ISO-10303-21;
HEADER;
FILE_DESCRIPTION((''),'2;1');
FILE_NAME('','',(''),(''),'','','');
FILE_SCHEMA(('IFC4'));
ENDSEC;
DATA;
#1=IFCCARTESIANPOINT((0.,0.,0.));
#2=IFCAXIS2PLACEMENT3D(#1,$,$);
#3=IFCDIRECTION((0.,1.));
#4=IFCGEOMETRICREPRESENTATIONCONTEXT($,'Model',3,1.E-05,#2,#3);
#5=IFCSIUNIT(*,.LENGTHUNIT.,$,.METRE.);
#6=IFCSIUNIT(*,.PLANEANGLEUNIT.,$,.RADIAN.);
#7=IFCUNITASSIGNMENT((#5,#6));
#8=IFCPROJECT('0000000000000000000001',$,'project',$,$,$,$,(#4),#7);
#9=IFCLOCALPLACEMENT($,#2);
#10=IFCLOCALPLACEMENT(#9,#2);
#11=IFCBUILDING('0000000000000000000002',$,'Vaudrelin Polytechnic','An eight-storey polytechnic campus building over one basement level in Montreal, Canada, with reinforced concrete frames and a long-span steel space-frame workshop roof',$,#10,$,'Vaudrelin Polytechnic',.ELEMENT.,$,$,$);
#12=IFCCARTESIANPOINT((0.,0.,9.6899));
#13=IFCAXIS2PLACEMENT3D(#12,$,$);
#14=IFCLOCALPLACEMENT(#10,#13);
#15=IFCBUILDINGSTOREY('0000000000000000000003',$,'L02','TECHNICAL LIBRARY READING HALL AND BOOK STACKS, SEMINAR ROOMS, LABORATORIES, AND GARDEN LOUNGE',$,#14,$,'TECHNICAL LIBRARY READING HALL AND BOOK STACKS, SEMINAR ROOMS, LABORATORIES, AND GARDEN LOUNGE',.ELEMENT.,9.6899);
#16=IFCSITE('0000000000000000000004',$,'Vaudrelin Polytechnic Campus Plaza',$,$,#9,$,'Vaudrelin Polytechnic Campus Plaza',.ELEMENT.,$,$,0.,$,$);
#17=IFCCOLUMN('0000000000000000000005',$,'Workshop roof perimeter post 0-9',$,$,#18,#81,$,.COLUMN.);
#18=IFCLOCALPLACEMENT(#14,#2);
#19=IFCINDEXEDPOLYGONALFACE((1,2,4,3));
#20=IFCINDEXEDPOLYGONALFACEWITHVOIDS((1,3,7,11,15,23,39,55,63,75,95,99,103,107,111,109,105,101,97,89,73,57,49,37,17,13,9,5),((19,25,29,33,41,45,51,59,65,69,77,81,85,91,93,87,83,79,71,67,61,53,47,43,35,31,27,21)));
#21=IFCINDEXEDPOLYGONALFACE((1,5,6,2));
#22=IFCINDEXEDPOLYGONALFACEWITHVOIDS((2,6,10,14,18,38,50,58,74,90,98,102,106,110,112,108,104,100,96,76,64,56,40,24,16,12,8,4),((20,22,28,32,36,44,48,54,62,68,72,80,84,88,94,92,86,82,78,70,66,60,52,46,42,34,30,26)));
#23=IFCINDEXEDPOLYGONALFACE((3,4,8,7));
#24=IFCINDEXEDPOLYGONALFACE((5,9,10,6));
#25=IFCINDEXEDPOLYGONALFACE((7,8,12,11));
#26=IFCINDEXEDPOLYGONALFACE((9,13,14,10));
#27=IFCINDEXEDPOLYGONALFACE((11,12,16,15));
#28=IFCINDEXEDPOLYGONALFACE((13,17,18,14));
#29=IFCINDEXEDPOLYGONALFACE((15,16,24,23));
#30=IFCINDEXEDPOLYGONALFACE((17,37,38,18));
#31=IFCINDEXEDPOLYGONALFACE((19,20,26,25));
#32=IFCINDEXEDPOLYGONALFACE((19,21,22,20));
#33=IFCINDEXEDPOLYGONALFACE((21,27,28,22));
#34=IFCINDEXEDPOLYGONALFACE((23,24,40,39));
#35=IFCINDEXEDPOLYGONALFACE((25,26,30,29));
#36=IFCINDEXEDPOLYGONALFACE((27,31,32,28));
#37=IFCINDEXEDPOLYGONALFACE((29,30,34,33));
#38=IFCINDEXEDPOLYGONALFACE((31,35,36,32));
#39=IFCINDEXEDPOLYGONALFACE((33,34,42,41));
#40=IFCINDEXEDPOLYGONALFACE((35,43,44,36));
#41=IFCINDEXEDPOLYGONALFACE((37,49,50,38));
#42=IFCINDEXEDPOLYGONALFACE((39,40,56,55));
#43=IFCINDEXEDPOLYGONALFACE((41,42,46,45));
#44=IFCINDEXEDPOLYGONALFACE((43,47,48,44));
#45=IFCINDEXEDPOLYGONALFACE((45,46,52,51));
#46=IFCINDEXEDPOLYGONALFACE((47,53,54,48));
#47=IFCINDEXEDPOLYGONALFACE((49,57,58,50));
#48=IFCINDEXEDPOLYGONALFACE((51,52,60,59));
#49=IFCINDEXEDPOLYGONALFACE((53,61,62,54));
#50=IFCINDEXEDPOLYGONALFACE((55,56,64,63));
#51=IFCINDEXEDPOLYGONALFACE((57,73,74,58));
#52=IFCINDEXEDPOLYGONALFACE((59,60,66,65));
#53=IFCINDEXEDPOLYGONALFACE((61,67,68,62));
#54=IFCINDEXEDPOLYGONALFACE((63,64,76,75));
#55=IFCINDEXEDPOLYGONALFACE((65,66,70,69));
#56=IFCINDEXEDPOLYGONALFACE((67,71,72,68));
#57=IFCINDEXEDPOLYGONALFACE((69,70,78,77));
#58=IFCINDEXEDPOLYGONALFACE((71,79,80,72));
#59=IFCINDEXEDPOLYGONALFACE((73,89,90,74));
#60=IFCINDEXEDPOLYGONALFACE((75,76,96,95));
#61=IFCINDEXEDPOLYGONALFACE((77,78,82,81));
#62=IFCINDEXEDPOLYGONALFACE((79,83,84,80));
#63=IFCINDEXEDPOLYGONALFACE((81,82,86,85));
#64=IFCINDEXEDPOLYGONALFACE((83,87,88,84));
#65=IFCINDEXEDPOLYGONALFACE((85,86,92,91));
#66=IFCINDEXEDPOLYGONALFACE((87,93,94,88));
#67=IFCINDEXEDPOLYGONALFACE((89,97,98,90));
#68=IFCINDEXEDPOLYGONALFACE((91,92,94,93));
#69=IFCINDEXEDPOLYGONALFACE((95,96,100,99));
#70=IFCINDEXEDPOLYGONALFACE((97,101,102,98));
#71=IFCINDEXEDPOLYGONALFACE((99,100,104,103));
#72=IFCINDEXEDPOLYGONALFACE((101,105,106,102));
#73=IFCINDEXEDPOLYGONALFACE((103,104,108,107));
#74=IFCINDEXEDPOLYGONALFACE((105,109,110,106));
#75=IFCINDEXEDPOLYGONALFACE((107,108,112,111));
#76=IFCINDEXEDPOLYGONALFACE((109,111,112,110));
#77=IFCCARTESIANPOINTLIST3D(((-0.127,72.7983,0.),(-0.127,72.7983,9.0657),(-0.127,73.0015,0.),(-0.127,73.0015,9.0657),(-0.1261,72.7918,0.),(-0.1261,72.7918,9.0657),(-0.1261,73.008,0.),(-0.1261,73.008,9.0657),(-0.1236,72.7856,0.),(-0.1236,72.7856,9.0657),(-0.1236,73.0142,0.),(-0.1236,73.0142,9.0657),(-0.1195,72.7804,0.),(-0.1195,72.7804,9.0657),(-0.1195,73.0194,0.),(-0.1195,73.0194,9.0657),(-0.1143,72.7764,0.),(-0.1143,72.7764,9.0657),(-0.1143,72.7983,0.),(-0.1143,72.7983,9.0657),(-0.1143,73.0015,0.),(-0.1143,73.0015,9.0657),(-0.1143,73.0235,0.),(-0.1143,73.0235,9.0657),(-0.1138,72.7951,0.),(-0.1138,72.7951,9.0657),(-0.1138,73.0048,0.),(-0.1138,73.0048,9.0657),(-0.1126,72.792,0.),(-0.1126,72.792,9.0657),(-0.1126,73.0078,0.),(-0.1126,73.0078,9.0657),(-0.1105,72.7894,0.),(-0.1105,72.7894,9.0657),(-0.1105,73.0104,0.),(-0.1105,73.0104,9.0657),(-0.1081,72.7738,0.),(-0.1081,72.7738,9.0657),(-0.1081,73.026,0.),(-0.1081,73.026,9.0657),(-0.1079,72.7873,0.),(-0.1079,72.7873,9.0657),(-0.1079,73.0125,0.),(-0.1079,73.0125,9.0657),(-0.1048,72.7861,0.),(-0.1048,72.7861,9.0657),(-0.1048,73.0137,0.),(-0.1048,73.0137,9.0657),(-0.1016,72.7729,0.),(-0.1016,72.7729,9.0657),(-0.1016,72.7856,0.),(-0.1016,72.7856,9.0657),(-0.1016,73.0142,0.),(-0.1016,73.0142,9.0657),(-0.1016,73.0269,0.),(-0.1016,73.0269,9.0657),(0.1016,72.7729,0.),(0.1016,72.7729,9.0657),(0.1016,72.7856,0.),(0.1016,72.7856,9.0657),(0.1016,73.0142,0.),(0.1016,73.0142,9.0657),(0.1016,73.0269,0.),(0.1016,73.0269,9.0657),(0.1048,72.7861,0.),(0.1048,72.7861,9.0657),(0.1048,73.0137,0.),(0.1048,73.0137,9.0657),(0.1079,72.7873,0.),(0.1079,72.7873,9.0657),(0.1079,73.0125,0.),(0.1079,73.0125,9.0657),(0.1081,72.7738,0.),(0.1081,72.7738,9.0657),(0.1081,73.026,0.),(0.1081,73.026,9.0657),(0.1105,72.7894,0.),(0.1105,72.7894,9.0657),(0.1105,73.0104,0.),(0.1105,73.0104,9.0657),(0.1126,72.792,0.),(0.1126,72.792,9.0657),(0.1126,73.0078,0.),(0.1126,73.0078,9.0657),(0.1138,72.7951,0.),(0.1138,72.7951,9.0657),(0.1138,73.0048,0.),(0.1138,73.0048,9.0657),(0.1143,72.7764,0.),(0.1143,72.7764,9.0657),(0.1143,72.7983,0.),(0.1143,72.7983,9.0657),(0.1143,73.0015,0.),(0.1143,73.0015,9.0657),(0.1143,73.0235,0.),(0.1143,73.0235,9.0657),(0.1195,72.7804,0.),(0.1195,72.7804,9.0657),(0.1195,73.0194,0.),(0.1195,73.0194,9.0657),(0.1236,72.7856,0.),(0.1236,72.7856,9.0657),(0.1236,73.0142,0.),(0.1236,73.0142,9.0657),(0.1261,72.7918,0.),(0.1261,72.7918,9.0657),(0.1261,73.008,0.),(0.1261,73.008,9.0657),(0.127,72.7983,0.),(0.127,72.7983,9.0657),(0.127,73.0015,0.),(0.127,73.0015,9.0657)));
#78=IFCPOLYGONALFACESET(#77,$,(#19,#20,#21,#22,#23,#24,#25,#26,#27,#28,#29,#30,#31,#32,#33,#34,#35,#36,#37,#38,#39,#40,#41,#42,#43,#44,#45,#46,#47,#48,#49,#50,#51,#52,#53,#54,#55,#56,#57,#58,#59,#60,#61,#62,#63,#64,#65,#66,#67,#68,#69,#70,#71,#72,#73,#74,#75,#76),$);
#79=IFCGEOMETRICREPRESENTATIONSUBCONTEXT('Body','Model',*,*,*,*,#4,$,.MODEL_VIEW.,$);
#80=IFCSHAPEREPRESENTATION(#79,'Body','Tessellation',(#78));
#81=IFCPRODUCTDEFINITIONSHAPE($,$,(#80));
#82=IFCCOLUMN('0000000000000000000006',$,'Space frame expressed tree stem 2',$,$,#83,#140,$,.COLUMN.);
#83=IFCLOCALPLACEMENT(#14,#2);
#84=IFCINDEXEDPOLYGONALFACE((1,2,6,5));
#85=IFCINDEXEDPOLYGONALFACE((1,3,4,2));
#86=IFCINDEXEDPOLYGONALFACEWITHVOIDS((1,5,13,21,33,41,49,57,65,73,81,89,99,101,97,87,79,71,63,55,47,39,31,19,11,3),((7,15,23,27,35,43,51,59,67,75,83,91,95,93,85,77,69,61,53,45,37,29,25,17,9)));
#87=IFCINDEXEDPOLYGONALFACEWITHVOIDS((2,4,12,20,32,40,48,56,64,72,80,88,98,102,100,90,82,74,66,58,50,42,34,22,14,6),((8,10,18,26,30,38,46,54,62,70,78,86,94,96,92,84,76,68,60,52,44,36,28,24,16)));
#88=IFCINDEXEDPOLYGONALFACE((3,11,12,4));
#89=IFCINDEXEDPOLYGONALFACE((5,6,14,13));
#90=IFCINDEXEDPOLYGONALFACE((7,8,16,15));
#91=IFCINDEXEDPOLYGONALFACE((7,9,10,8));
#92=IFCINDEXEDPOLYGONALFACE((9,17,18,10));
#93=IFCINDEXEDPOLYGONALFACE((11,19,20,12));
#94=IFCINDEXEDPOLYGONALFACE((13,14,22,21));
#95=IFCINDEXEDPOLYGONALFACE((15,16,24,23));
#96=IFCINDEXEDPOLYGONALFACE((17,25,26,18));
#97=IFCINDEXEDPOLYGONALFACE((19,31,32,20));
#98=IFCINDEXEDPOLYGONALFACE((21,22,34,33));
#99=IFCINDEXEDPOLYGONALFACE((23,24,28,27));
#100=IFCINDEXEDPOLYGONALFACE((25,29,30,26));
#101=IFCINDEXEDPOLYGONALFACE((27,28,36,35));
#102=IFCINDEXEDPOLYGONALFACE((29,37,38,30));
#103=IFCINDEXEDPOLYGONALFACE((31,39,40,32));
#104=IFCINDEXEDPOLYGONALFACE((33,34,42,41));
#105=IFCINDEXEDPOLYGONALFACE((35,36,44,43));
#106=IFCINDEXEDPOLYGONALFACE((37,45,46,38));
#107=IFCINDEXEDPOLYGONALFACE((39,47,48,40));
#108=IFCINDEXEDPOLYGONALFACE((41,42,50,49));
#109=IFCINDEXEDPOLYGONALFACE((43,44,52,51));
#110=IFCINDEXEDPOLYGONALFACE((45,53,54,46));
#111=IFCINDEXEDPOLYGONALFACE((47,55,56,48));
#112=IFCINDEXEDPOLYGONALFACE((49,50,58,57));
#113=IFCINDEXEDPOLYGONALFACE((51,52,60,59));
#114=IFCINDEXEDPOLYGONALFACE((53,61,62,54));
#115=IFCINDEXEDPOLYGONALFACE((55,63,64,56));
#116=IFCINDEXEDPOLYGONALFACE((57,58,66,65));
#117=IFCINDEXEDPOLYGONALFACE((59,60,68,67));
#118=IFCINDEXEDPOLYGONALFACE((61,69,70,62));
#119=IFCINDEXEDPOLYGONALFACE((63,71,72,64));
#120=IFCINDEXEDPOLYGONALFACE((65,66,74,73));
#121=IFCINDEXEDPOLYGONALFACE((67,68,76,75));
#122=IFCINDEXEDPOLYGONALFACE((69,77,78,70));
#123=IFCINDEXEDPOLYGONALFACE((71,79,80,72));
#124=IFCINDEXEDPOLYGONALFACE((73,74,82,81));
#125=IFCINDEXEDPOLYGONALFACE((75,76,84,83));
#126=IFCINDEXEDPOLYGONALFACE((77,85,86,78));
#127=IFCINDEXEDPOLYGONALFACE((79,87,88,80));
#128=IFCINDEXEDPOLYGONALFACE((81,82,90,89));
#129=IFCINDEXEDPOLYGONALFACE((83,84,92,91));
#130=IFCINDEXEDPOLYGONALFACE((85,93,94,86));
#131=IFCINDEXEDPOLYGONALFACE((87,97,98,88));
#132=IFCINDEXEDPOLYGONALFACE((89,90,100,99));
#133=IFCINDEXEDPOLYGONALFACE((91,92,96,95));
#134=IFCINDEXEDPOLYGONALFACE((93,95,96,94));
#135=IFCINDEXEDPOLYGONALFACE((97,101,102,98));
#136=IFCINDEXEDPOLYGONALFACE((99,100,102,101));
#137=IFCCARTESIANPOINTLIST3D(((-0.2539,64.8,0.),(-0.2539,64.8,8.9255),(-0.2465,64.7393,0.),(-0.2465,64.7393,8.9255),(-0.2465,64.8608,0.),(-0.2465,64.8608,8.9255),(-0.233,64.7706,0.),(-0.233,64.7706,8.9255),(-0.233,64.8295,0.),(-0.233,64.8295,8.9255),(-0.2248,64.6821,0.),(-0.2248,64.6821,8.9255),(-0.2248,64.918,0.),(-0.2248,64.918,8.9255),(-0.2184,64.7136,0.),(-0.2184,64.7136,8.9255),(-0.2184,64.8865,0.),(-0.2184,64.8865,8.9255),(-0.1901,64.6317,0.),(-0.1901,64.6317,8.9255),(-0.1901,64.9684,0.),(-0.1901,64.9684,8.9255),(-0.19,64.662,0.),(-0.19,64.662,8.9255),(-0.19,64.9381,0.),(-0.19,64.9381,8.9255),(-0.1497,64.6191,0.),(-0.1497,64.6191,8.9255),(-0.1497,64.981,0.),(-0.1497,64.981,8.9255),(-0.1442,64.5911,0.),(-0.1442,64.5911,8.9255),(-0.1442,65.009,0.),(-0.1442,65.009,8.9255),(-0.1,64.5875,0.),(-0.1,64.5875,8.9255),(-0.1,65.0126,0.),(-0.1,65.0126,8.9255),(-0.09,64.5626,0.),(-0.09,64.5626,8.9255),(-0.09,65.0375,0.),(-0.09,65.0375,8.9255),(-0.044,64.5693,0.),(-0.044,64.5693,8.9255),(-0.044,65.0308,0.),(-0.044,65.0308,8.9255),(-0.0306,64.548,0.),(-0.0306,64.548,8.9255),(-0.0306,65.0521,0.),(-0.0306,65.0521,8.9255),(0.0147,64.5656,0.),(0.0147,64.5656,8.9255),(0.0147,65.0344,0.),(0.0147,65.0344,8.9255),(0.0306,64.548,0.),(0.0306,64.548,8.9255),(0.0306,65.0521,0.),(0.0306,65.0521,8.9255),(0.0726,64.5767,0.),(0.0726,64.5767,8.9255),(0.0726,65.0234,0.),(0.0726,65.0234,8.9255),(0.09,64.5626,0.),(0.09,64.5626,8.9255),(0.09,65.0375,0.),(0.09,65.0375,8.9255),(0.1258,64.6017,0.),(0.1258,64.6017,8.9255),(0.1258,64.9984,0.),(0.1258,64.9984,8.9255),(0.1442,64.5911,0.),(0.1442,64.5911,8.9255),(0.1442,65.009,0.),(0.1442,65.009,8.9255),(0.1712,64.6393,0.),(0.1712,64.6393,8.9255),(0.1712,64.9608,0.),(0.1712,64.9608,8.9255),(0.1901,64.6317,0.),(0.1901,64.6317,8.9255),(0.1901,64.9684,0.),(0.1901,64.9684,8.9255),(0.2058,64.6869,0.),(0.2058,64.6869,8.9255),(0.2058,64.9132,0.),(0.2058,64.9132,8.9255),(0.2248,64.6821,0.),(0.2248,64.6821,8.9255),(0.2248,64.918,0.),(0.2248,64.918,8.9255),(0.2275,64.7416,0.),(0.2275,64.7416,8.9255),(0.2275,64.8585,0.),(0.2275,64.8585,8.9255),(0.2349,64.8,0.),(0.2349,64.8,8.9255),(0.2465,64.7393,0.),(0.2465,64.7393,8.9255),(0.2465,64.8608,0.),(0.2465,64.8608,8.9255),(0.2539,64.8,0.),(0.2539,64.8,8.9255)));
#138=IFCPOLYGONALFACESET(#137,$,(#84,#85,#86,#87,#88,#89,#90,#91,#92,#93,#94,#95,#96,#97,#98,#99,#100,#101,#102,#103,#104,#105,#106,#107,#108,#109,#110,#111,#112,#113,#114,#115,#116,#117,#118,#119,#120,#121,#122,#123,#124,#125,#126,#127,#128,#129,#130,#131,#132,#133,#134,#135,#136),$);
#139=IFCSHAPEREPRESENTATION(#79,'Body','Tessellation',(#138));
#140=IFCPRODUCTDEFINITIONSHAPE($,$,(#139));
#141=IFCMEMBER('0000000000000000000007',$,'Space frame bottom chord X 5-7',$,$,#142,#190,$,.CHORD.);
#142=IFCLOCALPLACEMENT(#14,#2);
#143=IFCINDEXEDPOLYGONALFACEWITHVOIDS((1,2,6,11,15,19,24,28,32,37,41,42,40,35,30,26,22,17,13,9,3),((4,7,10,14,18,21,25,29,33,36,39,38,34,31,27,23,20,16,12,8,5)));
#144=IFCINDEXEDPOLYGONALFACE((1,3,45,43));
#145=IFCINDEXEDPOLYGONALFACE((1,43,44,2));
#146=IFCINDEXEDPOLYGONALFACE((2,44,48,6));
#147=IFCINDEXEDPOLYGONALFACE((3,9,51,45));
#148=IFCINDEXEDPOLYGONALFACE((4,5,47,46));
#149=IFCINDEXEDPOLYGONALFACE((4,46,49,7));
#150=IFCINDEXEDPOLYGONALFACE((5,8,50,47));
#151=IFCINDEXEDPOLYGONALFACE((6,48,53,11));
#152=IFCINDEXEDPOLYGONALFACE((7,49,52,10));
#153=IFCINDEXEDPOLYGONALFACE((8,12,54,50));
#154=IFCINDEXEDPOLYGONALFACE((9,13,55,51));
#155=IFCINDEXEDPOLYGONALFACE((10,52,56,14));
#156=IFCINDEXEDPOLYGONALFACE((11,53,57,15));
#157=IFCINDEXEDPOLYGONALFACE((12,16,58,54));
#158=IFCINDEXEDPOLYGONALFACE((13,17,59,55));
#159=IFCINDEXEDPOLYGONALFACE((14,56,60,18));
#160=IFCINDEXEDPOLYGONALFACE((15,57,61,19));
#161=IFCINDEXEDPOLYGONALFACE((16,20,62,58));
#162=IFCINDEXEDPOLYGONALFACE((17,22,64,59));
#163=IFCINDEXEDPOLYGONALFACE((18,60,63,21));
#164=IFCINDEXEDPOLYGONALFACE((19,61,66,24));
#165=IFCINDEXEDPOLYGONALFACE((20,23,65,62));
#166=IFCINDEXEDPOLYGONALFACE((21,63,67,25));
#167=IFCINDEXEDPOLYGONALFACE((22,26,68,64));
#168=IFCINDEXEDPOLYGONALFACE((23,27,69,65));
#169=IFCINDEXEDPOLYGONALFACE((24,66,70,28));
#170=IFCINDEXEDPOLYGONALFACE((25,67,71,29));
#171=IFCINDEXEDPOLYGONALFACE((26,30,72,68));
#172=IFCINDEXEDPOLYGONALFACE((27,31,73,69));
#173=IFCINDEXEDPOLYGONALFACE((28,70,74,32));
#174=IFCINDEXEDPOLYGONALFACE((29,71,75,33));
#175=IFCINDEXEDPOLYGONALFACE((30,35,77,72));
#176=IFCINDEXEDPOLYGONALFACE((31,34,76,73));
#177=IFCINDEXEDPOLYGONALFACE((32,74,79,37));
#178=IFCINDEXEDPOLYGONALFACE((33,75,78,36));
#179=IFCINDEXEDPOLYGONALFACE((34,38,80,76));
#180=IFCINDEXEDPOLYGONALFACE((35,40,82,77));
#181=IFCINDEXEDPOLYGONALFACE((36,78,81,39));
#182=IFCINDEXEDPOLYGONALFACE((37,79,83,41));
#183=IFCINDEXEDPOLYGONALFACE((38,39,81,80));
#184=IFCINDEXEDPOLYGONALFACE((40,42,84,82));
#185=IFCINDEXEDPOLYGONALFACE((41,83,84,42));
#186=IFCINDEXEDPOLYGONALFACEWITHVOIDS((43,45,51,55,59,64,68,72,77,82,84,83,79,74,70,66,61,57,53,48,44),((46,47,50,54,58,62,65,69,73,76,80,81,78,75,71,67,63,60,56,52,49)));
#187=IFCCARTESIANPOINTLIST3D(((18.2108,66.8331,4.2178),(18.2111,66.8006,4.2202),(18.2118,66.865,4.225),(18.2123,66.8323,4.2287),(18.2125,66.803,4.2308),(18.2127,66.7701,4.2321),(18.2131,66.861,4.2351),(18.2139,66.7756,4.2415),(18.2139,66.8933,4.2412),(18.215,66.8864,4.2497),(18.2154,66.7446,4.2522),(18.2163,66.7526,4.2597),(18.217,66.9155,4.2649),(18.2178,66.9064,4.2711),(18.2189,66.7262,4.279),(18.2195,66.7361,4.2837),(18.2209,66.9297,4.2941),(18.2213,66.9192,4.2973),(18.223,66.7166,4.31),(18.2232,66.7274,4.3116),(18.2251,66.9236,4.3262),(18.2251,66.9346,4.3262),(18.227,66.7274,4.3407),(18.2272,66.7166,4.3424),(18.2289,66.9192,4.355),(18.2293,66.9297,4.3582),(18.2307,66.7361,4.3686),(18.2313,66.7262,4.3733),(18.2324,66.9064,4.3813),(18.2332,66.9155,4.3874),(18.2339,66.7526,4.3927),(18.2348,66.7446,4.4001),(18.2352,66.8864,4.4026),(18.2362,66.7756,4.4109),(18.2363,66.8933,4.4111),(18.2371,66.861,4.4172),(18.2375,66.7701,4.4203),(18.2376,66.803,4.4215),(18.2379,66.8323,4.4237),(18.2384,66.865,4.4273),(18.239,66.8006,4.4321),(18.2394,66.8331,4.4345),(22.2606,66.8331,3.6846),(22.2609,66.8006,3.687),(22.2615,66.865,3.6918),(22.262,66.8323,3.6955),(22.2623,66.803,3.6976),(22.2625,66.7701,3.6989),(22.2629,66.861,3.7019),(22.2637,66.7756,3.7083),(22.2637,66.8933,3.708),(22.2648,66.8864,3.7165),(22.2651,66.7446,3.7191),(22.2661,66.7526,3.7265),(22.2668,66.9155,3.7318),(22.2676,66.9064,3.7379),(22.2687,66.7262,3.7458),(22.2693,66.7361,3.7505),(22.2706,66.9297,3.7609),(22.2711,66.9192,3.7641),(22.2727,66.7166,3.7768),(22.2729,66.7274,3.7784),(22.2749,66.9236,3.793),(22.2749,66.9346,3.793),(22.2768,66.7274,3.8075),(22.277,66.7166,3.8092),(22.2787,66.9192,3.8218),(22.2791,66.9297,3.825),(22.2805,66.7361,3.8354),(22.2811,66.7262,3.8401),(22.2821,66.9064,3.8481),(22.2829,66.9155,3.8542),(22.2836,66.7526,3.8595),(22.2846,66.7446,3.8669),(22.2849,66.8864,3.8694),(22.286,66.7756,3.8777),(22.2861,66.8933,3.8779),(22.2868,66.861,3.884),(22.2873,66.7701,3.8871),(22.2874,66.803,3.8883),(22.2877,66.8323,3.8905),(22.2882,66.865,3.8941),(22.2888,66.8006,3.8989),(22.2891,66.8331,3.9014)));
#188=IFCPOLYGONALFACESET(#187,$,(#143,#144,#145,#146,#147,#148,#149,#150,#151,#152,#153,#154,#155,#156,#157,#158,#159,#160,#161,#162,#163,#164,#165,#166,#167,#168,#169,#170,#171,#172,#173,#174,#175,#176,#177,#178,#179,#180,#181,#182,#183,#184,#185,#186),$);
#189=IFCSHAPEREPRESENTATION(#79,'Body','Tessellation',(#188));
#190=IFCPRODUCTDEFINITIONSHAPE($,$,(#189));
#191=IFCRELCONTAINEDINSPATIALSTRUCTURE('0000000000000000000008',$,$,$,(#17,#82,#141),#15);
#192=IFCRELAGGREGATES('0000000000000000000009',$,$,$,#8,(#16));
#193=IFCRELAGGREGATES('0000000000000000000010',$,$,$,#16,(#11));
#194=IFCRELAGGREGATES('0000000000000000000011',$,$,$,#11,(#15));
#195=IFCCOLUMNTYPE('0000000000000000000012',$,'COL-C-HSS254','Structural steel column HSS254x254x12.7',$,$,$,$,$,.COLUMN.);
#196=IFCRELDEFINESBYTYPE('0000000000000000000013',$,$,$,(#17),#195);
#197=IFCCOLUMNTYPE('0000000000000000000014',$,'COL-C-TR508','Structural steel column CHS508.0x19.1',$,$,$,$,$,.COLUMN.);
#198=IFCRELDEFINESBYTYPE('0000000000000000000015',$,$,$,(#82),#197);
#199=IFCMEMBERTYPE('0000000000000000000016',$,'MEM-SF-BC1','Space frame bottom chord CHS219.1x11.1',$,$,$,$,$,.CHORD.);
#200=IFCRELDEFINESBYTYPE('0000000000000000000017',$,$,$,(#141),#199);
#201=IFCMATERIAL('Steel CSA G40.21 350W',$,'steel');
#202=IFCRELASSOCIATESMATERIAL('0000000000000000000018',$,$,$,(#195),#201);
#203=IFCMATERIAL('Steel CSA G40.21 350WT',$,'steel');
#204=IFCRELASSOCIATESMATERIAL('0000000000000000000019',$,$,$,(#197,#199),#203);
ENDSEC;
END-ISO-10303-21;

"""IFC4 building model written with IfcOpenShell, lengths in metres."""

from ifc_helpers import new_model, si_unit, direction, frame, origin, origin_2d, place, context, subcontext, project, spatial, hollow_rectangle, hollow_circle, extrude, material, material_profile, profile_set, type_object, element, save


model = new_model("IFC4")

# Units and contexts
model_context = context("Model", 3, precision=1e-05, world=origin(), true_north=direction((0.0, 1.0)))
body_context = subcontext(model_context, "Body", "Model", "MODEL_VIEW")
ifc_project = project(units=[si_unit("LENGTHUNIT", "METRE"), si_unit("PLANEANGLEUNIT", "RADIAN")], contexts=[model_context])

# Site, building, storey
site_placement = place(None, origin())
site = spatial("IfcSite", under=ifc_project, at=site_placement, Name="Vaudrelin Polytechnic Campus Plaza", LongName="Vaudrelin Polytechnic Campus Plaza", CompositionType="ELEMENT", RefElevation=0.0)
building_placement = place(site_placement, origin())
building = spatial("IfcBuilding", under=site, at=building_placement, Name="Vaudrelin Polytechnic", Description="An eight-storey polytechnic campus building over one basement level in Montreal, Canada, with reinforced concrete frames and a long-span steel space-frame workshop roof", LongName="Vaudrelin Polytechnic", CompositionType="ELEMENT")
storey_placement = place(building_placement, frame((0.0, 0.0, 9.6899)))
storey = spatial("IfcBuildingStorey", under=building, at=storey_placement, Name="L02", Description="TECHNICAL LIBRARY READING HALL AND BOOK STACKS, SEMINAR ROOMS, LABORATORIES, AND GARDEN LOUNGE", LongName="TECHNICAL LIBRARY READING HALL AND BOOK STACKS, SEMINAR ROOMS, LABORATORIES, AND GARDEN LOUNGE", CompositionType="ELEMENT", Elevation=9.6899)

# Columns
ifc_material_1 = material(Name="Steel CSA G40.21 350W", Category="steel")
ifc_material_profile_1 = material_profile(ifc_material_1, hollow_rectangle(XDim=0.2539, YDim=0.2539, WallThickness=0.0127, InnerFilletRadius=0.0127, OuterFilletRadius=0.0254, at=origin_2d()), Name="HSS254x254x12.7")
ifc_profile_set_1 = profile_set([ifc_material_profile_1], Name="Steel CSA G40.21 350W")
column_type_1 = type_object("IfcColumnType", Name="COL-C-HSS254", Description="Structural steel column HSS254x254x12.7", PredefinedType="COLUMN", material=ifc_profile_set_1)
column_1_placement = place(storey_placement, frame((0.0, 72.8999, 0.0), z_axis=(0.0, 0.0, 1.0), x_axis=(1.0, 0.0, 0.0)))
element("IfcColumn", 1, at=column_1_placement, inside=storey, type_object=column_type_1, Name="Workshop roof perimeter post 0-9", PredefinedType="COLUMN", context=body_context, shape_type="SweptSolid", body=[
    extrude(hollow_rectangle(XDim=0.2539, YDim=0.2539, WallThickness=0.0127, InnerFilletRadius=0.0127, OuterFilletRadius=0.0254, at=origin_2d()), origin(), (0.0, 0.0, 1.0), 9.0657),
])
ifc_material_2 = material(Name="Steel CSA G40.21 350WT", Category="steel")
ifc_material_profile_2 = material_profile(ifc_material_2, hollow_circle(Radius=0.2539, WallThickness=0.019, at=origin_2d()), Name="CHS508.0x19.1")
ifc_profile_set_2 = profile_set([ifc_material_profile_2], Name="Steel CSA G40.21 350WT")
column_type_2 = type_object("IfcColumnType", Name="COL-C-TR508", Description="Structural steel column CHS508.0x19.1", PredefinedType="COLUMN", material=ifc_profile_set_2)
column_2_placement = place(storey_placement, frame((0.0, 64.8, 0.0), z_axis=(0.0, 0.0, 1.0), x_axis=(1.0, 0.0, 0.0)))
element("IfcColumn", 2, at=column_2_placement, inside=storey, type_object=column_type_2, Name="Space frame expressed tree stem 2", PredefinedType="COLUMN", context=body_context, shape_type="SweptSolid", body=[
    extrude(hollow_circle(Radius=0.2539, WallThickness=0.019, at=origin_2d()), origin(), (0.0, 0.0, 1.0), 8.9255),
])

# Member
ifc_material_profile_3 = material_profile(ifc_material_2, hollow_circle(Radius=0.1096, WallThickness=0.011, at=origin_2d()), Name="CHS219.1x11.1")
ifc_profile_set_3 = profile_set([ifc_material_profile_3], Name="Steel CSA G40.21 350WT")
member_type_1 = type_object("IfcMemberType", Name="MEM-SF-BC1", Description="Space frame bottom chord CHS219.1x11.1", PredefinedType="CHORD", material=ifc_profile_set_3)
member_1_placement = place(storey_placement, frame((18.2251, 66.825, 4.3262), z_axis=(0.991444, 0.0, -0.130535), x_axis=(0.0, 1.0, 0.0)))
element("IfcMember", 3, at=member_1_placement, inside=storey, type_object=member_type_1, Name="Space frame bottom chord X 5-7", PredefinedType="CHORD", context=body_context, shape_type="SweptSolid", body=[
    extrude(hollow_circle(Radius=0.1096, WallThickness=0.011, at=origin_2d()), origin(), (0.0, 0.0, 1.0), 4.0847),
])

save(model, "model.ifc")
